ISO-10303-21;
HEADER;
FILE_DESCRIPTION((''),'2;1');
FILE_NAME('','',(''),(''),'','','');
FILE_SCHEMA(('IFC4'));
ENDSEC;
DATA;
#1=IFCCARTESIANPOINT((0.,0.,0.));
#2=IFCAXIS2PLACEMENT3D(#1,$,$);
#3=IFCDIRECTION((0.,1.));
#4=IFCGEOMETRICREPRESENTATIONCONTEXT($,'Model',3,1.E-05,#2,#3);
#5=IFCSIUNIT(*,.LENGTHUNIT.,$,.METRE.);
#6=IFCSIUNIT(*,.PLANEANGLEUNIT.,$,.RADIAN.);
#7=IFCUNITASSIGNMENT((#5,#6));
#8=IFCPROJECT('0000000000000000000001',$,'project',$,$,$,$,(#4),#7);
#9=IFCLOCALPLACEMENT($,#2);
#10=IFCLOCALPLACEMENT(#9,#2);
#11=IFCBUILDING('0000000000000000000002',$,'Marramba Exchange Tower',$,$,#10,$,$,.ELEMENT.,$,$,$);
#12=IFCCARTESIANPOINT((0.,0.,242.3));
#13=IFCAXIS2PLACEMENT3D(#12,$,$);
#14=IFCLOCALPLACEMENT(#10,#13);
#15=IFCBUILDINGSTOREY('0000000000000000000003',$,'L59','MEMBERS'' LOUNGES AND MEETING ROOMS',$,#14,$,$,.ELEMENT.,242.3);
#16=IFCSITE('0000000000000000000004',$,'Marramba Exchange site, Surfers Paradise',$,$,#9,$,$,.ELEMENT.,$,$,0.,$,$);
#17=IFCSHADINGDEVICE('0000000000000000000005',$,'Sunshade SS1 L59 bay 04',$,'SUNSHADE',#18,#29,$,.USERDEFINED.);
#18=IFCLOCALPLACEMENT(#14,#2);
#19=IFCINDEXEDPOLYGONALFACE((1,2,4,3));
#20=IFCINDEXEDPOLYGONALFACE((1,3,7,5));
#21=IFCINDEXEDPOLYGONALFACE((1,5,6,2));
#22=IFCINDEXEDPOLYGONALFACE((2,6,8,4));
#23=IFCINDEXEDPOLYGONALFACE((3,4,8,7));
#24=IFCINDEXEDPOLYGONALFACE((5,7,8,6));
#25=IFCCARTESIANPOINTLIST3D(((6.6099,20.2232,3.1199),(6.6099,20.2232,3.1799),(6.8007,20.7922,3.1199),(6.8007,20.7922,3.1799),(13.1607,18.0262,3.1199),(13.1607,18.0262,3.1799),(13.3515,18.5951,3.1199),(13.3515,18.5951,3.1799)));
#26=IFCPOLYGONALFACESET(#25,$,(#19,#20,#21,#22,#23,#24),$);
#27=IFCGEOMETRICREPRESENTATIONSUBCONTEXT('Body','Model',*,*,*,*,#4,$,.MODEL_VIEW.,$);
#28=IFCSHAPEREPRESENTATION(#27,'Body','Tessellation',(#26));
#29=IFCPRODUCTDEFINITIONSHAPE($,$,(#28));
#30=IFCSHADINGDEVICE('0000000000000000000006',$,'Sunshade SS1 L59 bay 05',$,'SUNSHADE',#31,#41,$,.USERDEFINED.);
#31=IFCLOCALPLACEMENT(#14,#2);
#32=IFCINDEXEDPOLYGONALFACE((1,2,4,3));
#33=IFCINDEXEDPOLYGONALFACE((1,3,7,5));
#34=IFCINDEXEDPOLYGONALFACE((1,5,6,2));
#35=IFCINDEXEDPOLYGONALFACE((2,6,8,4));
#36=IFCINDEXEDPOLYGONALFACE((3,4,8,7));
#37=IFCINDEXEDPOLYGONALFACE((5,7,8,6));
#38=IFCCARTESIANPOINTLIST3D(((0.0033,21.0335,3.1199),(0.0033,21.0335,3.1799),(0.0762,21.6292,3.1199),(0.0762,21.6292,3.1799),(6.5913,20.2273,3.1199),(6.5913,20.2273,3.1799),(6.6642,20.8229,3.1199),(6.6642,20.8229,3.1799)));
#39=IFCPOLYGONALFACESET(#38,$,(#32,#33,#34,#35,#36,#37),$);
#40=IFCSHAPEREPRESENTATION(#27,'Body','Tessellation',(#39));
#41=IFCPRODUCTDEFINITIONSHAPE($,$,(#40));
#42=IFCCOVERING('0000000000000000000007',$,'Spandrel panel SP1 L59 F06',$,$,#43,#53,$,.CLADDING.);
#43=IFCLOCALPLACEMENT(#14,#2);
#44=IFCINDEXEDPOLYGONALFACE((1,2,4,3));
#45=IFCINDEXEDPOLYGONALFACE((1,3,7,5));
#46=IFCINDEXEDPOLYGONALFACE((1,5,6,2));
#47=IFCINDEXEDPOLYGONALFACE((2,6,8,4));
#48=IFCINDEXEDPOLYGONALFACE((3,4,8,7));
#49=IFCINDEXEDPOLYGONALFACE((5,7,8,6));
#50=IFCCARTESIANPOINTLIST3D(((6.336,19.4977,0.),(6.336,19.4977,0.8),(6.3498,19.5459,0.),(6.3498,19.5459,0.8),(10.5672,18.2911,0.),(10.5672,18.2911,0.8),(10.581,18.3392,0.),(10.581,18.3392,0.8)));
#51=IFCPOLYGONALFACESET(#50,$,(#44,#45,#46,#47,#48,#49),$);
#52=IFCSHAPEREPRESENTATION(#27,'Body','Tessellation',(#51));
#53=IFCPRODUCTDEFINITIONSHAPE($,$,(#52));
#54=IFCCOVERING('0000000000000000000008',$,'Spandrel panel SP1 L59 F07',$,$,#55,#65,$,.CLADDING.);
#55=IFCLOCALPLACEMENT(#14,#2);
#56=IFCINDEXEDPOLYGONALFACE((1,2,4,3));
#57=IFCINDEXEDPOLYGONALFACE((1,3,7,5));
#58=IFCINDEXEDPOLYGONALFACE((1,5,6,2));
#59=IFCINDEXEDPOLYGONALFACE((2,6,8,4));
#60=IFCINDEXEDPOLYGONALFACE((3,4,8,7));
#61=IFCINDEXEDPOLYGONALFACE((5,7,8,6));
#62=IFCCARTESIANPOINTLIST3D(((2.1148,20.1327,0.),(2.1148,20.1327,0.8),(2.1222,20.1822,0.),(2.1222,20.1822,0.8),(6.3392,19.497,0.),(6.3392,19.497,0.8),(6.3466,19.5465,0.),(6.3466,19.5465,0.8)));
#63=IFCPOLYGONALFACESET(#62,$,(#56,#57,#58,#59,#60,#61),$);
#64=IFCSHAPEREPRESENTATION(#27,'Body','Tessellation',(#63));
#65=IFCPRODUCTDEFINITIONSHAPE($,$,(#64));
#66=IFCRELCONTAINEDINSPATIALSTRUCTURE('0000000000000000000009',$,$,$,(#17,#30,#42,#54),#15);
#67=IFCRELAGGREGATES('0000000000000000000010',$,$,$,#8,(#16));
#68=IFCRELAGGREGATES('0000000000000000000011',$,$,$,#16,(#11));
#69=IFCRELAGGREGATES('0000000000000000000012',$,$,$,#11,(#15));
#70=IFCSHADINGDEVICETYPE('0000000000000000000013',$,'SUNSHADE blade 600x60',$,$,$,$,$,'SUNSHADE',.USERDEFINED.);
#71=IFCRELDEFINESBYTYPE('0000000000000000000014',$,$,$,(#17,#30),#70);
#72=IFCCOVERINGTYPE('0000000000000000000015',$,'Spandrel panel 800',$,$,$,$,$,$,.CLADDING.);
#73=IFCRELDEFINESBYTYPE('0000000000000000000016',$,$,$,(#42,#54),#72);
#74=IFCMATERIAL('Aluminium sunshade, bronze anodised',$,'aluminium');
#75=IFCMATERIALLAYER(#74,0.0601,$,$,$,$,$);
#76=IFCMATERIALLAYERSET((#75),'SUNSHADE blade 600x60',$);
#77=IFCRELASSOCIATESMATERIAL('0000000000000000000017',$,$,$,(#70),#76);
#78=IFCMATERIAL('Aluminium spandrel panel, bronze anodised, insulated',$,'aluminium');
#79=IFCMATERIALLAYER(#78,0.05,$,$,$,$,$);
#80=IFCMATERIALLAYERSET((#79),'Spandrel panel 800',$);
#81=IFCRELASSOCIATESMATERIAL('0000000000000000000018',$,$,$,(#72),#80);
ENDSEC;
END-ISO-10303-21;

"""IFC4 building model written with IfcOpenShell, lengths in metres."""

from ifc_helpers import new_model, si_unit, direction, frame, origin, origin_2d, place, context, subcontext, project, spatial, rectangle, extrude, material, layer, layer_set, type_object, element, save


model = new_model("IFC4")

# Units and contexts
model_context = context("Model", 3, precision=1e-05, world=origin(), true_north=direction((0.0, 1.0)))
body_context = subcontext(model_context, "Body", "Model", "MODEL_VIEW")
ifc_project = project(units=[si_unit("LENGTHUNIT", "METRE"), si_unit("PLANEANGLEUNIT", "RADIAN")], contexts=[model_context])

# Site, building, storey
site_placement = place(None, origin())
site = spatial("IfcSite", under=ifc_project, at=site_placement, Name="Marramba Exchange site, Surfers Paradise", CompositionType="ELEMENT", RefElevation=0.0)
building_placement = place(site_placement, origin())
building = spatial("IfcBuilding", under=site, at=building_placement, Name="Marramba Exchange Tower", CompositionType="ELEMENT")
storey_placement = place(building_placement, frame((0.0, 0.0, 242.3)))
storey = spatial("IfcBuildingStorey", under=building, at=storey_placement, Name="L59", Description="MEMBERS' LOUNGES AND MEETING ROOMS", CompositionType="ELEMENT", Elevation=242.3)

# Shading devices
ifc_material_1 = material(Name="Aluminium sunshade, bronze anodised", Category="aluminium")
ifc_layer_1 = layer(ifc_material_1, 0.0601)
ifc_layer_set_1 = layer_set([ifc_layer_1], Name="SUNSHADE blade 600x60")
shading_device_type_1 = type_object("IfcShadingDeviceType", Name="SUNSHADE blade 600x60", ElementType="SUNSHADE", PredefinedType="USERDEFINED", material=ifc_layer_set_1)
shading_device_1_placement = place(storey_placement, frame((9.9807, 19.4092, 3.1199), z_axis=(0.0, 0.0, 1.0), x_axis=(-0.948096, 0.317983, 0.0)))
element("IfcShadingDevice", 1, at=shading_device_1_placement, inside=storey, type_object=shading_device_type_1, Name="Sunshade SS1 L59 bay 04", ObjectType="SUNSHADE", PredefinedType="USERDEFINED", context=body_context, shape_type="SweptSolid", body=[
    extrude(rectangle(XDim=6.9094, YDim=0.6001, at=origin_2d()), origin(), (0.0, 0.0, 1.0), 0.0601),
])
shading_device_2_placement = place(storey_placement, frame((3.3337, 20.9282, 3.1199), z_axis=(0.0, 0.0, 1.0), x_axis=(-0.992595, 0.121469, 0.0)))
element("IfcShadingDevice", 2, at=shading_device_2_placement, inside=storey, type_object=shading_device_type_1, Name="Sunshade SS1 L59 bay 05", ObjectType="SUNSHADE", PredefinedType="USERDEFINED", context=body_context, shape_type="SweptSolid", body=[
    extrude(rectangle(XDim=6.6372, YDim=0.6001, at=origin_2d()), origin(), (0.0, 0.0, 1.0), 0.0601),
])

# Coverings
ifc_material_2 = material(Name="Aluminium spandrel panel, bronze anodised, insulated", Category="aluminium")
ifc_layer_2 = layer(ifc_material_2, 0.05)
ifc_layer_set_2 = layer_set([ifc_layer_2], Name="Spandrel panel 800")
covering_type = type_object("IfcCoveringType", Name="Spandrel panel 800", PredefinedType="CLADDING", material=ifc_layer_set_2)
covering_1_placement = place(storey_placement, frame((8.4585, 18.9185, 0.0), z_axis=(0.0, 0.0, 1.0), x_axis=(-0.961659, 0.274248, 0.0)))
element("IfcCovering", 3, at=covering_1_placement, inside=storey, type_object=covering_type, Name="Spandrel panel SP1 L59 F06", PredefinedType="CLADDING", context=body_context, shape_type="SweptSolid", body=[
    extrude(rectangle(XDim=4.3999, YDim=0.05, at=origin_2d()), origin(), (0.0, 0.0, 1.0), 0.8),
])
covering_2_placement = place(storey_placement, frame((4.2307, 19.8396, 0.0), z_axis=(0.0, 0.0, 1.0), x_axis=(-0.988868, 0.148795, 0.0)))
element("IfcCovering", 4, at=covering_2_placement, inside=storey, type_object=covering_type, Name="Spandrel panel SP1 L59 F07", PredefinedType="CLADDING", context=body_context, shape_type="SweptSolid", body=[
    extrude(rectangle(XDim=4.272, YDim=0.05, at=origin_2d()), origin(), (0.0, 0.0, 1.0), 0.8),
])

save(model, "model.ifc")
